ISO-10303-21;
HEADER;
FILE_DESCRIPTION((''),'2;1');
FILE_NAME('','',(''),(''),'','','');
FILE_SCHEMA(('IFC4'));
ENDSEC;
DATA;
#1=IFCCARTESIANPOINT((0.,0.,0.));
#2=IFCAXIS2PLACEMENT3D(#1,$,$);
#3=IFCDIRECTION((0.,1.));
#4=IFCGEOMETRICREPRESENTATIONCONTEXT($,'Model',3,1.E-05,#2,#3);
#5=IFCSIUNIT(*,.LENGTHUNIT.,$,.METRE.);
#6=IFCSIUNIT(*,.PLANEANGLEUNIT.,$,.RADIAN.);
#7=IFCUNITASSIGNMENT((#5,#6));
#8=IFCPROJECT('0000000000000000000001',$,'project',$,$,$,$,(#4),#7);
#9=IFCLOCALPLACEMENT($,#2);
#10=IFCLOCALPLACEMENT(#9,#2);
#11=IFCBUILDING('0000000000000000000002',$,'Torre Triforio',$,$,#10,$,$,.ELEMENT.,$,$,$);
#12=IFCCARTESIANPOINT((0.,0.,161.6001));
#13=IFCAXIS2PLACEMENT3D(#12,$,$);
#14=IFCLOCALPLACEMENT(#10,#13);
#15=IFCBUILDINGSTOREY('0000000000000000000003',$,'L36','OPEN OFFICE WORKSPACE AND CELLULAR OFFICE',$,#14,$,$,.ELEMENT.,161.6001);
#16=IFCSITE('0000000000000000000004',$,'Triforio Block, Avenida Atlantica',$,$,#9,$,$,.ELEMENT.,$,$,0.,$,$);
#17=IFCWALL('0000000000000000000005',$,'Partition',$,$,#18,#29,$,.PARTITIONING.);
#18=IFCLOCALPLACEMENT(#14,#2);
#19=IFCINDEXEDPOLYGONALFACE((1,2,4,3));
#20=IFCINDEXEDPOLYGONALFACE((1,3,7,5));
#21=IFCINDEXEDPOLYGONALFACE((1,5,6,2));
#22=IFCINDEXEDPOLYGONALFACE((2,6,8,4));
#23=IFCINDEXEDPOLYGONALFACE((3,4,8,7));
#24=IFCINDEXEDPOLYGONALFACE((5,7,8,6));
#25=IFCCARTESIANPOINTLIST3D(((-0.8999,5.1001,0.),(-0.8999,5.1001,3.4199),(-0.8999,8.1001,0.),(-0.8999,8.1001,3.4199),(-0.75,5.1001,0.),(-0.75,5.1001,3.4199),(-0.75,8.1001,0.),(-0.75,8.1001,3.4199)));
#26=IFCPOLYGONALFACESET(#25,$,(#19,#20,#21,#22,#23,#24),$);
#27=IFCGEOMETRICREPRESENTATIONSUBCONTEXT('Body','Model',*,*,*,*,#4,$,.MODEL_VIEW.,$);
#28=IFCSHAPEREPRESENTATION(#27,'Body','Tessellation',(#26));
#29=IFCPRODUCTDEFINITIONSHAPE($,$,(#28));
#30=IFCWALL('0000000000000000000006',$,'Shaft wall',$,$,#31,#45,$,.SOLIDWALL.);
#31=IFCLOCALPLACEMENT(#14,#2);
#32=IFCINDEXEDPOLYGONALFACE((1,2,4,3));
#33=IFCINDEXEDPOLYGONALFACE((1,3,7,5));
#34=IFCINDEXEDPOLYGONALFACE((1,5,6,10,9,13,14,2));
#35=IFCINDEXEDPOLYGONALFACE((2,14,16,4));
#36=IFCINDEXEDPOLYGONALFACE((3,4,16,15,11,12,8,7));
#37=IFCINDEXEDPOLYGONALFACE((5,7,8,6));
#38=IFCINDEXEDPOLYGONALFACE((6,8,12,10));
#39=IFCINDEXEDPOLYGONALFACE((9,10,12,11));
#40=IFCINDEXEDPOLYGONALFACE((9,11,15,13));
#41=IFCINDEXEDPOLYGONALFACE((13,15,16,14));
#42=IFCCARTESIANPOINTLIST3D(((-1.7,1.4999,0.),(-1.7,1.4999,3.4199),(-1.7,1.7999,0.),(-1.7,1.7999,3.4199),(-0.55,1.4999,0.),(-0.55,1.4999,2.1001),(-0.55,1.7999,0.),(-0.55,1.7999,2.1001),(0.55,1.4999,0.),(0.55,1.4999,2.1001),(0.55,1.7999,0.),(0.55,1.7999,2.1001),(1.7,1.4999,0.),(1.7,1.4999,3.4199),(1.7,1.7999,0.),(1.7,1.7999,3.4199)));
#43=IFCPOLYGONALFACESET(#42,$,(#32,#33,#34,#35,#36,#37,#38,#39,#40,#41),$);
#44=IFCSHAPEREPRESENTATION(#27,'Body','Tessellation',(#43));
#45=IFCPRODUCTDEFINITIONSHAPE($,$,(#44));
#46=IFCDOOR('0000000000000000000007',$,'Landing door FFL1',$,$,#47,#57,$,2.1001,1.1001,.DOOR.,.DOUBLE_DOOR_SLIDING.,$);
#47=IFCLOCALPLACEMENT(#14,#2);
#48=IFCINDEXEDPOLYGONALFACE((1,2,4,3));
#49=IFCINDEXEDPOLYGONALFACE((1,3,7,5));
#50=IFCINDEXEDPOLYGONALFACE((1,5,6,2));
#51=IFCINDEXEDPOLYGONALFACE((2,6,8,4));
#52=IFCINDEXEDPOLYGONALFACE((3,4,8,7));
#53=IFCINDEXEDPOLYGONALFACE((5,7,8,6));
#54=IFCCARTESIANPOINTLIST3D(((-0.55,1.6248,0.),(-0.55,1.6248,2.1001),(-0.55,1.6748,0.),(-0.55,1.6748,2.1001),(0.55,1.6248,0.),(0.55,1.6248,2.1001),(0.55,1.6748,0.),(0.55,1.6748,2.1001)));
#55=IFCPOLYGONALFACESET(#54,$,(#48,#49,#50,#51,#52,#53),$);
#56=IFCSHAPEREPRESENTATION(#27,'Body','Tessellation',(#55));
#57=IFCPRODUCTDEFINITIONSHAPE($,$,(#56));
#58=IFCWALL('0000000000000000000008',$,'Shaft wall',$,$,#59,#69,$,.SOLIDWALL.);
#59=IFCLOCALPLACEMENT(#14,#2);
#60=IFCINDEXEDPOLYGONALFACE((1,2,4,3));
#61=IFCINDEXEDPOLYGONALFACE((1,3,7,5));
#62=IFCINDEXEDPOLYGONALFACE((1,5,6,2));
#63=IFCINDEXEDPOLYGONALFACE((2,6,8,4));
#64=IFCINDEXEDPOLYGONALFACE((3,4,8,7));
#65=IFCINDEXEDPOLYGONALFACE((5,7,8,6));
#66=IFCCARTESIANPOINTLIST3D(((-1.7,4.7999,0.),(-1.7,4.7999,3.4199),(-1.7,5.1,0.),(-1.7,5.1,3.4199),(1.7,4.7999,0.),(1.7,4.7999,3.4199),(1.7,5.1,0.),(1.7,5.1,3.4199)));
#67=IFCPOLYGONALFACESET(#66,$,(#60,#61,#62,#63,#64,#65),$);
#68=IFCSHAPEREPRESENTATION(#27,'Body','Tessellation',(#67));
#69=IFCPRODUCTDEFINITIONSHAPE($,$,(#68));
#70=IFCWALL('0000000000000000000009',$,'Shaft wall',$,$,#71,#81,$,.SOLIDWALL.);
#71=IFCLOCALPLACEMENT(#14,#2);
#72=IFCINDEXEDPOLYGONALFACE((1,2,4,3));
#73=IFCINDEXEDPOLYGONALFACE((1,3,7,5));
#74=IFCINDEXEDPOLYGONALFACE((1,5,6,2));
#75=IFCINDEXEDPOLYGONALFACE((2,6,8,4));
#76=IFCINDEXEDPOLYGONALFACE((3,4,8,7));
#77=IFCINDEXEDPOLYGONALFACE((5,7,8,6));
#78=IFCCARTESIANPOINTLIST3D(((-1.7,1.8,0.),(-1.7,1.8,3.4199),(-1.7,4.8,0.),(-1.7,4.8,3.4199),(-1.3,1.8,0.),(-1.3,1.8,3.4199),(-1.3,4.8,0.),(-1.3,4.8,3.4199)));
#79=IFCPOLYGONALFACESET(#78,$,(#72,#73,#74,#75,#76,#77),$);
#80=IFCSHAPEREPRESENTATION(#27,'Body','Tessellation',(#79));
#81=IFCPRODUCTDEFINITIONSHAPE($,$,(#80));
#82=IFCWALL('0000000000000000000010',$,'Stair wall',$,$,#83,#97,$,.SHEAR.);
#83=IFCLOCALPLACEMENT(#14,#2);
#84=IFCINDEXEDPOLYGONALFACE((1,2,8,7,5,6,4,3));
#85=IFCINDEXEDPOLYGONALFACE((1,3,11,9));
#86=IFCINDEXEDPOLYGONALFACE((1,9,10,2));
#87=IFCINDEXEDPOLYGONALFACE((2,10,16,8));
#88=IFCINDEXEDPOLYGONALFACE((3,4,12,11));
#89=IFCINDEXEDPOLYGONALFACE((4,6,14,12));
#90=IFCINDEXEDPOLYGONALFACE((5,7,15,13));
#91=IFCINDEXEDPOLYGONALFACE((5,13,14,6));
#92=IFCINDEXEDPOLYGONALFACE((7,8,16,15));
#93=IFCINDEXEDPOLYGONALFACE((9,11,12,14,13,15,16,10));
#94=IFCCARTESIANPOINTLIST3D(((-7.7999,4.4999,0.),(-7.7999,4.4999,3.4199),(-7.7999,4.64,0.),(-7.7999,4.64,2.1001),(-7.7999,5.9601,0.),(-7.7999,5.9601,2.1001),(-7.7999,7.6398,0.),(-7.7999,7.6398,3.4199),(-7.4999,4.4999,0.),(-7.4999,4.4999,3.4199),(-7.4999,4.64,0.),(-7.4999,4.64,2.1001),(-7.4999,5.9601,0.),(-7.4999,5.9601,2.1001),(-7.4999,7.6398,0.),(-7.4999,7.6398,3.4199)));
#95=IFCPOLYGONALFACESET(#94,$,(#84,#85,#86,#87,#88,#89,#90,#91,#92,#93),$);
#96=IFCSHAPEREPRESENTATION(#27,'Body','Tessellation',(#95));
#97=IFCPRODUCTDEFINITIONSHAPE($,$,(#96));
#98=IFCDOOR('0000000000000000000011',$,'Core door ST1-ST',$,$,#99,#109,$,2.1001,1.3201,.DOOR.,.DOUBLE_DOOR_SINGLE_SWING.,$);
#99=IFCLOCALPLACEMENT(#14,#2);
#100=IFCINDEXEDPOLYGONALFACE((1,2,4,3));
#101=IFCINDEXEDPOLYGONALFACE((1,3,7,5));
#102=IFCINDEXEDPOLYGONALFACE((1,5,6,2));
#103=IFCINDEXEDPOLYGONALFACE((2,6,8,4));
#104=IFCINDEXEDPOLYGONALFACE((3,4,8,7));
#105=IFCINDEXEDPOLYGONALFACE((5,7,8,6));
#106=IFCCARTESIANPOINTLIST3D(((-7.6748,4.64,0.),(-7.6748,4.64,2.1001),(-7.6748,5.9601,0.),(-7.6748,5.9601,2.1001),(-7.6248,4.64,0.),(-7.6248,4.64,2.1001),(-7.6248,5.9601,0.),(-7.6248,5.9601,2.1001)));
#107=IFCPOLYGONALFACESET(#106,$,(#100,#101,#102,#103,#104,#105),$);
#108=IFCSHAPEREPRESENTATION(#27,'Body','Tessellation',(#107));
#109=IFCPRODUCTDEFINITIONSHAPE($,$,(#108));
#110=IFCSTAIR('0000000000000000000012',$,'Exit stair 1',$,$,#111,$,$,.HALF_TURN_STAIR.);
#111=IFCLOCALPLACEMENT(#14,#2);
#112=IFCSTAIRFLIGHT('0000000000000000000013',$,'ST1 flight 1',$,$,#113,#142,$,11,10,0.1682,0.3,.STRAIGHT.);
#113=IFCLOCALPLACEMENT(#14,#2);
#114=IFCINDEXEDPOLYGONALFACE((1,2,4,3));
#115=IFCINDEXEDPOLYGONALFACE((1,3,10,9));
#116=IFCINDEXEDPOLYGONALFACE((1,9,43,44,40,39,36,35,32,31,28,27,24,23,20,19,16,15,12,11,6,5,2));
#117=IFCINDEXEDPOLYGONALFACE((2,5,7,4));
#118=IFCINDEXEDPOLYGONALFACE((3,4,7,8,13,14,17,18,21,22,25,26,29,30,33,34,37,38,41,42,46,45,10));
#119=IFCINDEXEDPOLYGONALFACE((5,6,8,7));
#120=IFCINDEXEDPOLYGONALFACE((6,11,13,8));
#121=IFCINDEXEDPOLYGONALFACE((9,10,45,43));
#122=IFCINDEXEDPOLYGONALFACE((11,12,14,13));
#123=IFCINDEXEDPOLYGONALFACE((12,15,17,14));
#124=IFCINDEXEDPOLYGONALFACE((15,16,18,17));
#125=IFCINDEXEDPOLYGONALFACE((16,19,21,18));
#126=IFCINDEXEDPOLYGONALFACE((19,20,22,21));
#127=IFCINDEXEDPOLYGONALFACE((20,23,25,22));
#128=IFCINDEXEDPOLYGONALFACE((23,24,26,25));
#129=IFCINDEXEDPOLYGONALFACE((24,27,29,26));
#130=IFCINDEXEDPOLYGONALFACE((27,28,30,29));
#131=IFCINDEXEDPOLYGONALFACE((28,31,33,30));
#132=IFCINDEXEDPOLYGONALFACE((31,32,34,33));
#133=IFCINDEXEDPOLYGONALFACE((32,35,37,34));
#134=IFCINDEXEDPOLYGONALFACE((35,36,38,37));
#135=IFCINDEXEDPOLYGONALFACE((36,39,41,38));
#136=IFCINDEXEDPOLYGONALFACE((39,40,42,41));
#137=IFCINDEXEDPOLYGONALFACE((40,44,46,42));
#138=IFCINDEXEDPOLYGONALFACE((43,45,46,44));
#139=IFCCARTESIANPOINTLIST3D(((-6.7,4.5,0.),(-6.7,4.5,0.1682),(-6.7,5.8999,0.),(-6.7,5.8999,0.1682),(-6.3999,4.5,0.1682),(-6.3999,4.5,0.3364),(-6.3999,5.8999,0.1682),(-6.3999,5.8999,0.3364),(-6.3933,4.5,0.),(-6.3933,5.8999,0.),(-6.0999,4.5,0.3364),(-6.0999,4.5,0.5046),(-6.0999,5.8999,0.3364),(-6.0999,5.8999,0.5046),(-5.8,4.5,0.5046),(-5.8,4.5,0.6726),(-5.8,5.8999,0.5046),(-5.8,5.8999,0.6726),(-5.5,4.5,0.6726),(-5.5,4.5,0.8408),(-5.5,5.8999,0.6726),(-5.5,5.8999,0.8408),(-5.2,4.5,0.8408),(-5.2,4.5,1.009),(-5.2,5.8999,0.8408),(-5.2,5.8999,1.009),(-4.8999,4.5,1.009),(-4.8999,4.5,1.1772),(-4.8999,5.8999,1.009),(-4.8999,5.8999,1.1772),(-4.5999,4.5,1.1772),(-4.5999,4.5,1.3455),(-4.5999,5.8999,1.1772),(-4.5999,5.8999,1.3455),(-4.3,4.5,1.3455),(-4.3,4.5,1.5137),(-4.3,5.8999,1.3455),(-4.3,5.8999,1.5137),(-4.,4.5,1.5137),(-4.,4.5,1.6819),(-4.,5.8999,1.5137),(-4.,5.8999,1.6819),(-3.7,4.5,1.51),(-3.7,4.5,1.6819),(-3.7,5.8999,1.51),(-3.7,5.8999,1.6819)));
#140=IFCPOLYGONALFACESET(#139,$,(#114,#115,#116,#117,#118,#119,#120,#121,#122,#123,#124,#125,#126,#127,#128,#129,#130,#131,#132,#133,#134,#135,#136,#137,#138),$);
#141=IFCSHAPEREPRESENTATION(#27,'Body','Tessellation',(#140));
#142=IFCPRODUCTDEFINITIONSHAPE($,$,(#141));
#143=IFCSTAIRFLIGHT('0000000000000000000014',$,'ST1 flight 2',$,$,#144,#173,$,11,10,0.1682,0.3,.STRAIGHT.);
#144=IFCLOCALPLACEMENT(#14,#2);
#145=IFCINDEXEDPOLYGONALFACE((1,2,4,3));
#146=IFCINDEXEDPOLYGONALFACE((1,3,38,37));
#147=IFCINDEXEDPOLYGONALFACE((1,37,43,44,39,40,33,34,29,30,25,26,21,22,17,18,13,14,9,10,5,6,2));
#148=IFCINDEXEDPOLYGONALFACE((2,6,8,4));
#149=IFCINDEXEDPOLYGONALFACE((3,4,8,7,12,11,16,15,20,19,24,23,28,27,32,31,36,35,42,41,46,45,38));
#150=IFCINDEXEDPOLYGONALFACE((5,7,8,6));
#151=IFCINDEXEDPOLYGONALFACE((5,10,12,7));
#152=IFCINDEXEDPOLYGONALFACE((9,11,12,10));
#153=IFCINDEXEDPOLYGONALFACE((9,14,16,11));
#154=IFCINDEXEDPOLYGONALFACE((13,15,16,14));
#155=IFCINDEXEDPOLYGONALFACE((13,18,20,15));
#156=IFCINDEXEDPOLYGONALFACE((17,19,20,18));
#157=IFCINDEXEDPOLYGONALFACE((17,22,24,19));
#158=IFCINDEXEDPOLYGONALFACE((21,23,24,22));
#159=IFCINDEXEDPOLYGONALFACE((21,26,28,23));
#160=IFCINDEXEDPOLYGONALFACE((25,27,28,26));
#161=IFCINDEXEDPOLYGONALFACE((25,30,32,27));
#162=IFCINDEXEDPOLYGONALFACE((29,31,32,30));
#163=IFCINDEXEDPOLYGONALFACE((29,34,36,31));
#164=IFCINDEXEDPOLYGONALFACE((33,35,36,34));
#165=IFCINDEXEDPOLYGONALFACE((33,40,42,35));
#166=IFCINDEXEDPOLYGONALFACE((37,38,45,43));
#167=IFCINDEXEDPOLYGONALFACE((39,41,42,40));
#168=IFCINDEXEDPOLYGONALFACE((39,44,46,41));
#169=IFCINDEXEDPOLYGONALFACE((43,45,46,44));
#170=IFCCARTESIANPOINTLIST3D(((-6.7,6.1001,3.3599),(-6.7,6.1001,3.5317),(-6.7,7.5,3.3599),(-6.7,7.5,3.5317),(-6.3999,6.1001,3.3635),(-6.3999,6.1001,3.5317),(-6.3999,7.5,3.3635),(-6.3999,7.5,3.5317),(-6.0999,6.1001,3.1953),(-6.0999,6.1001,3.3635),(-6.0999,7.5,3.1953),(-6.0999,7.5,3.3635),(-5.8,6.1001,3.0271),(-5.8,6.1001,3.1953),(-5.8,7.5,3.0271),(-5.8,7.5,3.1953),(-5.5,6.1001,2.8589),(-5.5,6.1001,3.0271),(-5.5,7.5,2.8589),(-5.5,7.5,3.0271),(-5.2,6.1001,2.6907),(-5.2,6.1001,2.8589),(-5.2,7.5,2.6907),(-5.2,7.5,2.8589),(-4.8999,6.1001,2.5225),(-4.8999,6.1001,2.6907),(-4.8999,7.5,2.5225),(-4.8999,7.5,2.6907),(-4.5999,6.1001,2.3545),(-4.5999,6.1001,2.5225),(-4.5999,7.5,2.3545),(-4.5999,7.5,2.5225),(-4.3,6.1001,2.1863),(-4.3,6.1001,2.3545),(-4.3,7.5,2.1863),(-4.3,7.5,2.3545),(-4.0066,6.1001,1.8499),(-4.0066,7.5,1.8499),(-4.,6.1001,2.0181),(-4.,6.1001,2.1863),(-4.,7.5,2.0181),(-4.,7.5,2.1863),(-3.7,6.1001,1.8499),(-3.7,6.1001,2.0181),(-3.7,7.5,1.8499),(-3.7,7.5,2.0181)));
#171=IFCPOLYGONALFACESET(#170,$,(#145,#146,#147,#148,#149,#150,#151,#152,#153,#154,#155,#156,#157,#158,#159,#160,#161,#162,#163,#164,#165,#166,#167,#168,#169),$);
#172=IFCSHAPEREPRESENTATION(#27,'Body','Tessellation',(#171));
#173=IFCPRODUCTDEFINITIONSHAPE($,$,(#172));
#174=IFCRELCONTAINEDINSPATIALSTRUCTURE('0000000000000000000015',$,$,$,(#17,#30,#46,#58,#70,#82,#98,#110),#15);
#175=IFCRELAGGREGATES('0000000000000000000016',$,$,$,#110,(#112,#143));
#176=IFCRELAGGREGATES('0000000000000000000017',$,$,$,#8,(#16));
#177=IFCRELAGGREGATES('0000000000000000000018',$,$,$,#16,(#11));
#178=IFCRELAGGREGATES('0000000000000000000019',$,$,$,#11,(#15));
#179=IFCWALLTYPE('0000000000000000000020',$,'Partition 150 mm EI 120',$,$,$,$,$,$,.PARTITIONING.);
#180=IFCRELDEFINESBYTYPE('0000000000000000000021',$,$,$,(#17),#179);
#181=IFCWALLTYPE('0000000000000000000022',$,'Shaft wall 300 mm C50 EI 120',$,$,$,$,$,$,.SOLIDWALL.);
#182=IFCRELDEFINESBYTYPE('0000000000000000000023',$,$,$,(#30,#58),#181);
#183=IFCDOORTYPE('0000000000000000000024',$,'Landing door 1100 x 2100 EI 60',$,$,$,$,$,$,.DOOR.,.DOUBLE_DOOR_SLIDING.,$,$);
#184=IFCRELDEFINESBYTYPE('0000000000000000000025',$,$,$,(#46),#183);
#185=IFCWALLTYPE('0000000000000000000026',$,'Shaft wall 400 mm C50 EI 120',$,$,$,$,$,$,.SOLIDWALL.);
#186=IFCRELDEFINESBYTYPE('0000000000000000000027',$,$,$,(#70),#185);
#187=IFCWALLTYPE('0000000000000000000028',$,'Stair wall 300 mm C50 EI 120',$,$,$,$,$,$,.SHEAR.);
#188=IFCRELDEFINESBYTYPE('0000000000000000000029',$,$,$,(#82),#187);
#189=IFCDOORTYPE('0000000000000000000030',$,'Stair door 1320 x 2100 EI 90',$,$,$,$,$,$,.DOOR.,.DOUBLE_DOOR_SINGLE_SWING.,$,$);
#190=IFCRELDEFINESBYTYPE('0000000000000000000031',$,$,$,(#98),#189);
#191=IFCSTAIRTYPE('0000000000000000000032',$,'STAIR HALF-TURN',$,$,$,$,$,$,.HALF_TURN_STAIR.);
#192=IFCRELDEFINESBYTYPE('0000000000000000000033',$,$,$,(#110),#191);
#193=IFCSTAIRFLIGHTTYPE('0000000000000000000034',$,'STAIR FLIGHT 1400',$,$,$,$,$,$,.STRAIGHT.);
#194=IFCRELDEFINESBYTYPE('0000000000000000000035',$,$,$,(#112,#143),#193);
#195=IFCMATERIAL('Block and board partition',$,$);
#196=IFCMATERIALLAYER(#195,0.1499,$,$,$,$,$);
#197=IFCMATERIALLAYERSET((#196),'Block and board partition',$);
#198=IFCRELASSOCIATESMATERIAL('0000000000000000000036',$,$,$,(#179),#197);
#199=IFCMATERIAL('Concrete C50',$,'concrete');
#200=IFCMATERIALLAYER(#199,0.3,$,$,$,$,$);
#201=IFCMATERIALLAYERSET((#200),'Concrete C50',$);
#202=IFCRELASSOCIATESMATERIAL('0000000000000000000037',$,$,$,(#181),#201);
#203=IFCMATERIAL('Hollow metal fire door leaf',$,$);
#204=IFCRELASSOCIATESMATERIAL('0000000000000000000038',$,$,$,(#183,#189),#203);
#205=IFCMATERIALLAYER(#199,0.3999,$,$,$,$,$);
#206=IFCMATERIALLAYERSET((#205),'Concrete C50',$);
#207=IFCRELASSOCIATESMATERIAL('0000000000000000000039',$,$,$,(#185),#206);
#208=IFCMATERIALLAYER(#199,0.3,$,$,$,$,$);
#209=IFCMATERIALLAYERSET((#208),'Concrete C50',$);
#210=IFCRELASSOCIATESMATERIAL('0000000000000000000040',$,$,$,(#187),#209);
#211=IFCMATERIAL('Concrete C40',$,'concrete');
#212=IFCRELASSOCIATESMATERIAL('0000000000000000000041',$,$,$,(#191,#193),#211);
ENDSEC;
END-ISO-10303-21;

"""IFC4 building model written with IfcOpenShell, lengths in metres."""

from ifc_helpers import new_model, si_unit, direction, frame, frame_2d, origin, place, context, subcontext, project, spatial, polyline, rectangle, outline, extrude, material, layer, layer_set, type_object, element, fill, aggregate, save


model = new_model("IFC4")

# Units and contexts
model_context = context("Model", 3, precision=1e-05, world=origin(), true_north=direction((0.0, 1.0)))
body_context = subcontext(model_context, "Body", "Model", "MODEL_VIEW")
ifc_project = project(units=[si_unit("LENGTHUNIT", "METRE"), si_unit("PLANEANGLEUNIT", "RADIAN")], contexts=[model_context])

# Site, building, storey
site_placement = place(None, origin())
site = spatial("IfcSite", under=ifc_project, at=site_placement, Name="Triforio Block, Avenida Atlantica", CompositionType="ELEMENT", RefElevation=0.0)
building_placement = place(site_placement, origin())
building = spatial("IfcBuilding", under=site, at=building_placement, Name="Torre Triforio", CompositionType="ELEMENT")
storey_placement = place(building_placement, frame((0.0, 0.0, 161.6001)))
storey = spatial("IfcBuildingStorey", under=building, at=storey_placement, Name="L36", Description="OPEN OFFICE WORKSPACE AND CELLULAR OFFICE", CompositionType="ELEMENT", Elevation=161.6001)

# Shared definitions
ifc_material_1 = material(Name="Concrete C40", Category="concrete")

# Wall
ifc_material_2 = material(Name="Concrete C50", Category="concrete")
ifc_material_3 = material(Name="Block and board partition")
ifc_layer_1 = layer(ifc_material_3, 0.1499)
ifc_layer_set_1 = layer_set([ifc_layer_1], Name="Block and board partition")
wall_type_1 = type_object("IfcWallType", Name="Partition 150 mm EI 120", PredefinedType="PARTITIONING", material=ifc_layer_set_1)
wall_1_placement = place(storey_placement, frame((-0.825, 5.1001, 0.0), z_axis=(0.0, 0.0, 1.0), x_axis=(0.0, 1.0, 0.0)))
element("IfcWall", 1, at=wall_1_placement, inside=storey, type_object=wall_type_1, Name="Partition", PredefinedType="PARTITIONING", context=body_context, shape_type="SweptSolid", body=[
    extrude(rectangle(XDim=3.0, YDim=0.1499, at=frame_2d((1.5, 0.0))), origin(), (0.0, 0.0, 1.0), 3.4199),
])

# Wall, opening, door
ifc_layer_2 = layer(ifc_material_2, 0.3)
ifc_layer_set_2 = layer_set([ifc_layer_2], Name="Concrete C50")
wall_type_2 = type_object("IfcWallType", Name="Shaft wall 300 mm C50 EI 120", PredefinedType="SOLIDWALL", material=ifc_layer_set_2)
wall_2_placement = place(storey_placement, frame((-1.7, 1.6499, 0.0), z_axis=(0.0, 0.0, 1.0), x_axis=(1.0, 0.0, 0.0)))
wall_2 = element("IfcWall", 2, at=wall_2_placement, inside=storey, type_object=wall_type_2, Name="Shaft wall", PredefinedType="SOLIDWALL", context=body_context, shape_type="SweptSolid", body=[
    extrude(rectangle(XDim=3.3999, YDim=0.3, at=frame_2d((1.7, 0.0))), origin(), (0.0, 0.0, 1.0), 3.4199),
])
opening_1_placement = place(wall_2_placement, frame((1.1499, 0.0, 0.0)))
opening_1 = element("IfcOpeningElement", 3, at=opening_1_placement, cuts=wall_2, PredefinedType="OPENING", context=body_context, shape_type="SweptSolid", body=[
    extrude(rectangle(XDim=1.1001, YDim=2.1001, at=frame_2d((0.55, 1.05))), frame((0.0, 0.1599, 0.0), z_axis=(0.0, -1.0, 0.0), x_axis=(1.0, 0.0, 0.0)), (0.0, 0.0, 1.0), 0.3201),
])
ifc_material_4 = material(Name="Hollow metal fire door leaf")
door_type_1 = type_object("IfcDoorType", Name="Landing door 1100 x 2100 EI 60", OperationType="DOUBLE_DOOR_SLIDING", PredefinedType="DOOR", material=ifc_material_4)
door_1_placement = place(opening_1_placement, origin())
door_1 = element("IfcDoor", 4, at=door_1_placement, inside=storey, type_object=door_type_1, Name="Landing door FFL1", OperationType="DOUBLE_DOOR_SLIDING", OverallHeight=2.1001, OverallWidth=1.1001, PredefinedType="DOOR", context=body_context, shape_type="SweptSolid", body=[
    extrude(rectangle(XDim=1.1001, YDim=2.1001, at=frame_2d((0.55, 1.05))), frame((0.0, 0.0249, 0.0), z_axis=(0.0, -1.0, 0.0), x_axis=(1.0, 0.0, 0.0)), (0.0, 0.0, 1.0), 0.05),
])
fill(opening_1, door_1)

# Walls
wall_3_placement = place(storey_placement, frame((-1.7, 4.95, 0.0), z_axis=(0.0, 0.0, 1.0), x_axis=(1.0, 0.0, 0.0)))
element("IfcWall", 5, at=wall_3_placement, inside=storey, type_object=wall_type_2, Name="Shaft wall", PredefinedType="SOLIDWALL", context=body_context, shape_type="SweptSolid", body=[
    extrude(rectangle(XDim=3.3999, YDim=0.3, at=frame_2d((1.7, 0.0))), origin(), (0.0, 0.0, 1.0), 3.4199),
])
ifc_layer_3 = layer(ifc_material_2, 0.3999)
ifc_layer_set_3 = layer_set([ifc_layer_3], Name="Concrete C50")
wall_type_3 = type_object("IfcWallType", Name="Shaft wall 400 mm C50 EI 120", PredefinedType="SOLIDWALL", material=ifc_layer_set_3)
wall_4_placement = place(storey_placement, frame((-1.5, 1.8, 0.0), z_axis=(0.0, 0.0, 1.0), x_axis=(0.0, 1.0, 0.0)))
element("IfcWall", 6, at=wall_4_placement, inside=storey, type_object=wall_type_3, Name="Shaft wall", PredefinedType="SOLIDWALL", context=body_context, shape_type="SweptSolid", body=[
    extrude(rectangle(XDim=3.0, YDim=0.3999, at=frame_2d((1.5, 0.0))), origin(), (0.0, 0.0, 1.0), 3.4199),
])

# Wall, opening, door
ifc_layer_4 = layer(ifc_material_2, 0.3)
ifc_layer_set_4 = layer_set([ifc_layer_4], Name="Concrete C50")
wall_type_4 = type_object("IfcWallType", Name="Stair wall 300 mm C50 EI 120", PredefinedType="SHEAR", material=ifc_layer_set_4)
wall_5_placement = place(storey_placement, frame((-7.6499, 4.5, 0.0), z_axis=(0.0, 0.0, 1.0), x_axis=(0.0, 1.0, 0.0)))
wall_5 = element("IfcWall", 7, at=wall_5_placement, inside=storey, type_object=wall_type_4, Name="Stair wall", PredefinedType="SHEAR", context=body_context, shape_type="SweptSolid", body=[
    extrude(rectangle(XDim=3.1399, YDim=0.3, at=frame_2d((1.5698, 0.0))), origin(), (0.0, 0.0, 1.0), 3.4199),
])
opening_2_placement = place(wall_5_placement, frame((0.1399, 0.0, 0.0)))
opening_2 = element("IfcOpeningElement", 8, at=opening_2_placement, cuts=wall_5, PredefinedType="OPENING", context=body_context, shape_type="SweptSolid", body=[
    extrude(rectangle(XDim=1.3201, YDim=2.1001, at=frame_2d((0.6602, 1.05))), frame((0.0, 0.1599, 0.0), z_axis=(0.0, -1.0, 0.0), x_axis=(1.0, 0.0, 0.0)), (0.0, 0.0, 1.0), 0.3201),
])
door_type_2 = type_object("IfcDoorType", Name="Stair door 1320 x 2100 EI 90", OperationType="DOUBLE_DOOR_SINGLE_SWING", PredefinedType="DOOR", material=ifc_material_4)
door_2_placement = place(opening_2_placement, origin())
door_2 = element("IfcDoor", 9, at=door_2_placement, inside=storey, type_object=door_type_2, Name="Core door ST1-ST", OperationType="DOUBLE_DOOR_SINGLE_SWING", OverallHeight=2.1001, OverallWidth=1.3201, PredefinedType="DOOR", context=body_context, shape_type="SweptSolid", body=[
    extrude(rectangle(XDim=1.3201, YDim=2.1001, at=frame_2d((0.6602, 1.05))), frame((0.0, 0.0249, 0.0), z_axis=(0.0, -1.0, 0.0), x_axis=(1.0, 0.0, 0.0)), (0.0, 0.0, 1.0), 0.05),
])
fill(opening_2, door_2)

# Stair, stair flights
stair_type = type_object("IfcStairType", Name="STAIR HALF-TURN", PredefinedType="HALF_TURN_STAIR", material=ifc_material_1)
stair_placement = place(storey_placement, origin())
stair = element("IfcStair", 10, at=stair_placement, inside=storey, type_object=stair_type, Name="Exit stair 1", PredefinedType="HALF_TURN_STAIR")
stair_flight_type = type_object("IfcStairFlightType", Name="STAIR FLIGHT 1400", PredefinedType="STRAIGHT", material=ifc_material_1)
stair_flight_1_placement = place(storey_placement, frame((-6.7, 5.2, 0.0), z_axis=(0.0, 0.0, 1.0), x_axis=(1.0, 0.0, 0.0)))
stair_flight_1 = element("IfcStairFlight", 11, at=stair_flight_1_placement, type_object=stair_flight_type, Name="ST1 flight 1", NumberOfRisers=11, NumberOfTreads=10, PredefinedType="STRAIGHT", RiserHeight=0.1682, TreadLength=0.3, context=body_context, shape_type="SweptSolid", body=[
    extrude(outline(polyline([(0.0, 0.0), (0.0, 0.1682), (0.3, 0.1682), (0.3, 0.3364), (0.6001, 0.3364), (0.6001, 0.5046), (0.8999, 0.5046), (0.8999, 0.6726), (1.2, 0.6726), (1.2, 0.8408), (1.5, 0.8408), (1.5, 1.009), (1.8, 1.009), (1.8, 1.1772), (2.1001, 1.1772), (2.1001, 1.3455), (2.3999, 1.3455), (2.3999, 1.5137), (2.7, 1.5137), (2.7, 1.6819), (3.0, 1.6819), (3.0, 1.8501), (3.0, 1.51), (0.3066, 0.0), (0.0, 0.0)])), frame((0.0, 0.7, 0.0), z_axis=(0.0, -1.0, 0.0), x_axis=(1.0, 0.0, 0.0)), (0.0, 0.0, 1.0), 1.3999),
])
stair_flight_2_placement = place(storey_placement, frame((-3.7, 6.8, 1.8499), z_axis=(0.0, 0.0, 1.0), x_axis=(-1.0, 0.0, 0.0)))
stair_flight_2 = element("IfcStairFlight", 12, at=stair_flight_2_placement, type_object=stair_flight_type, Name="ST1 flight 2", NumberOfRisers=11, NumberOfTreads=10, PredefinedType="STRAIGHT", RiserHeight=0.1682, TreadLength=0.3, context=body_context, shape_type="SweptSolid", body=[
    extrude(outline(polyline([(0.0, 0.0), (0.0, 0.1682), (0.3, 0.1682), (0.3, 0.3364), (0.6001, 0.3364), (0.6001, 0.5046), (0.8999, 0.5046), (0.8999, 0.6726), (1.2, 0.6726), (1.2, 0.8408), (1.5, 0.8408), (1.5, 1.009), (1.8, 1.009), (1.8, 1.1772), (2.1001, 1.1772), (2.1001, 1.3455), (2.3999, 1.3455), (2.3999, 1.5137), (2.7, 1.5137), (2.7, 1.6819), (3.0, 1.6819), (3.0, 1.8501), (3.0, 1.51), (0.3066, 0.0), (0.0, 0.0)])), frame((0.0, 0.7, 0.0), z_axis=(0.0, -1.0, 0.0), x_axis=(1.0, 0.0, 0.0)), (0.0, 0.0, 1.0), 1.3999),
])
aggregate(stair, [stair_flight_1, stair_flight_2])

save(model, "model.ifc")
